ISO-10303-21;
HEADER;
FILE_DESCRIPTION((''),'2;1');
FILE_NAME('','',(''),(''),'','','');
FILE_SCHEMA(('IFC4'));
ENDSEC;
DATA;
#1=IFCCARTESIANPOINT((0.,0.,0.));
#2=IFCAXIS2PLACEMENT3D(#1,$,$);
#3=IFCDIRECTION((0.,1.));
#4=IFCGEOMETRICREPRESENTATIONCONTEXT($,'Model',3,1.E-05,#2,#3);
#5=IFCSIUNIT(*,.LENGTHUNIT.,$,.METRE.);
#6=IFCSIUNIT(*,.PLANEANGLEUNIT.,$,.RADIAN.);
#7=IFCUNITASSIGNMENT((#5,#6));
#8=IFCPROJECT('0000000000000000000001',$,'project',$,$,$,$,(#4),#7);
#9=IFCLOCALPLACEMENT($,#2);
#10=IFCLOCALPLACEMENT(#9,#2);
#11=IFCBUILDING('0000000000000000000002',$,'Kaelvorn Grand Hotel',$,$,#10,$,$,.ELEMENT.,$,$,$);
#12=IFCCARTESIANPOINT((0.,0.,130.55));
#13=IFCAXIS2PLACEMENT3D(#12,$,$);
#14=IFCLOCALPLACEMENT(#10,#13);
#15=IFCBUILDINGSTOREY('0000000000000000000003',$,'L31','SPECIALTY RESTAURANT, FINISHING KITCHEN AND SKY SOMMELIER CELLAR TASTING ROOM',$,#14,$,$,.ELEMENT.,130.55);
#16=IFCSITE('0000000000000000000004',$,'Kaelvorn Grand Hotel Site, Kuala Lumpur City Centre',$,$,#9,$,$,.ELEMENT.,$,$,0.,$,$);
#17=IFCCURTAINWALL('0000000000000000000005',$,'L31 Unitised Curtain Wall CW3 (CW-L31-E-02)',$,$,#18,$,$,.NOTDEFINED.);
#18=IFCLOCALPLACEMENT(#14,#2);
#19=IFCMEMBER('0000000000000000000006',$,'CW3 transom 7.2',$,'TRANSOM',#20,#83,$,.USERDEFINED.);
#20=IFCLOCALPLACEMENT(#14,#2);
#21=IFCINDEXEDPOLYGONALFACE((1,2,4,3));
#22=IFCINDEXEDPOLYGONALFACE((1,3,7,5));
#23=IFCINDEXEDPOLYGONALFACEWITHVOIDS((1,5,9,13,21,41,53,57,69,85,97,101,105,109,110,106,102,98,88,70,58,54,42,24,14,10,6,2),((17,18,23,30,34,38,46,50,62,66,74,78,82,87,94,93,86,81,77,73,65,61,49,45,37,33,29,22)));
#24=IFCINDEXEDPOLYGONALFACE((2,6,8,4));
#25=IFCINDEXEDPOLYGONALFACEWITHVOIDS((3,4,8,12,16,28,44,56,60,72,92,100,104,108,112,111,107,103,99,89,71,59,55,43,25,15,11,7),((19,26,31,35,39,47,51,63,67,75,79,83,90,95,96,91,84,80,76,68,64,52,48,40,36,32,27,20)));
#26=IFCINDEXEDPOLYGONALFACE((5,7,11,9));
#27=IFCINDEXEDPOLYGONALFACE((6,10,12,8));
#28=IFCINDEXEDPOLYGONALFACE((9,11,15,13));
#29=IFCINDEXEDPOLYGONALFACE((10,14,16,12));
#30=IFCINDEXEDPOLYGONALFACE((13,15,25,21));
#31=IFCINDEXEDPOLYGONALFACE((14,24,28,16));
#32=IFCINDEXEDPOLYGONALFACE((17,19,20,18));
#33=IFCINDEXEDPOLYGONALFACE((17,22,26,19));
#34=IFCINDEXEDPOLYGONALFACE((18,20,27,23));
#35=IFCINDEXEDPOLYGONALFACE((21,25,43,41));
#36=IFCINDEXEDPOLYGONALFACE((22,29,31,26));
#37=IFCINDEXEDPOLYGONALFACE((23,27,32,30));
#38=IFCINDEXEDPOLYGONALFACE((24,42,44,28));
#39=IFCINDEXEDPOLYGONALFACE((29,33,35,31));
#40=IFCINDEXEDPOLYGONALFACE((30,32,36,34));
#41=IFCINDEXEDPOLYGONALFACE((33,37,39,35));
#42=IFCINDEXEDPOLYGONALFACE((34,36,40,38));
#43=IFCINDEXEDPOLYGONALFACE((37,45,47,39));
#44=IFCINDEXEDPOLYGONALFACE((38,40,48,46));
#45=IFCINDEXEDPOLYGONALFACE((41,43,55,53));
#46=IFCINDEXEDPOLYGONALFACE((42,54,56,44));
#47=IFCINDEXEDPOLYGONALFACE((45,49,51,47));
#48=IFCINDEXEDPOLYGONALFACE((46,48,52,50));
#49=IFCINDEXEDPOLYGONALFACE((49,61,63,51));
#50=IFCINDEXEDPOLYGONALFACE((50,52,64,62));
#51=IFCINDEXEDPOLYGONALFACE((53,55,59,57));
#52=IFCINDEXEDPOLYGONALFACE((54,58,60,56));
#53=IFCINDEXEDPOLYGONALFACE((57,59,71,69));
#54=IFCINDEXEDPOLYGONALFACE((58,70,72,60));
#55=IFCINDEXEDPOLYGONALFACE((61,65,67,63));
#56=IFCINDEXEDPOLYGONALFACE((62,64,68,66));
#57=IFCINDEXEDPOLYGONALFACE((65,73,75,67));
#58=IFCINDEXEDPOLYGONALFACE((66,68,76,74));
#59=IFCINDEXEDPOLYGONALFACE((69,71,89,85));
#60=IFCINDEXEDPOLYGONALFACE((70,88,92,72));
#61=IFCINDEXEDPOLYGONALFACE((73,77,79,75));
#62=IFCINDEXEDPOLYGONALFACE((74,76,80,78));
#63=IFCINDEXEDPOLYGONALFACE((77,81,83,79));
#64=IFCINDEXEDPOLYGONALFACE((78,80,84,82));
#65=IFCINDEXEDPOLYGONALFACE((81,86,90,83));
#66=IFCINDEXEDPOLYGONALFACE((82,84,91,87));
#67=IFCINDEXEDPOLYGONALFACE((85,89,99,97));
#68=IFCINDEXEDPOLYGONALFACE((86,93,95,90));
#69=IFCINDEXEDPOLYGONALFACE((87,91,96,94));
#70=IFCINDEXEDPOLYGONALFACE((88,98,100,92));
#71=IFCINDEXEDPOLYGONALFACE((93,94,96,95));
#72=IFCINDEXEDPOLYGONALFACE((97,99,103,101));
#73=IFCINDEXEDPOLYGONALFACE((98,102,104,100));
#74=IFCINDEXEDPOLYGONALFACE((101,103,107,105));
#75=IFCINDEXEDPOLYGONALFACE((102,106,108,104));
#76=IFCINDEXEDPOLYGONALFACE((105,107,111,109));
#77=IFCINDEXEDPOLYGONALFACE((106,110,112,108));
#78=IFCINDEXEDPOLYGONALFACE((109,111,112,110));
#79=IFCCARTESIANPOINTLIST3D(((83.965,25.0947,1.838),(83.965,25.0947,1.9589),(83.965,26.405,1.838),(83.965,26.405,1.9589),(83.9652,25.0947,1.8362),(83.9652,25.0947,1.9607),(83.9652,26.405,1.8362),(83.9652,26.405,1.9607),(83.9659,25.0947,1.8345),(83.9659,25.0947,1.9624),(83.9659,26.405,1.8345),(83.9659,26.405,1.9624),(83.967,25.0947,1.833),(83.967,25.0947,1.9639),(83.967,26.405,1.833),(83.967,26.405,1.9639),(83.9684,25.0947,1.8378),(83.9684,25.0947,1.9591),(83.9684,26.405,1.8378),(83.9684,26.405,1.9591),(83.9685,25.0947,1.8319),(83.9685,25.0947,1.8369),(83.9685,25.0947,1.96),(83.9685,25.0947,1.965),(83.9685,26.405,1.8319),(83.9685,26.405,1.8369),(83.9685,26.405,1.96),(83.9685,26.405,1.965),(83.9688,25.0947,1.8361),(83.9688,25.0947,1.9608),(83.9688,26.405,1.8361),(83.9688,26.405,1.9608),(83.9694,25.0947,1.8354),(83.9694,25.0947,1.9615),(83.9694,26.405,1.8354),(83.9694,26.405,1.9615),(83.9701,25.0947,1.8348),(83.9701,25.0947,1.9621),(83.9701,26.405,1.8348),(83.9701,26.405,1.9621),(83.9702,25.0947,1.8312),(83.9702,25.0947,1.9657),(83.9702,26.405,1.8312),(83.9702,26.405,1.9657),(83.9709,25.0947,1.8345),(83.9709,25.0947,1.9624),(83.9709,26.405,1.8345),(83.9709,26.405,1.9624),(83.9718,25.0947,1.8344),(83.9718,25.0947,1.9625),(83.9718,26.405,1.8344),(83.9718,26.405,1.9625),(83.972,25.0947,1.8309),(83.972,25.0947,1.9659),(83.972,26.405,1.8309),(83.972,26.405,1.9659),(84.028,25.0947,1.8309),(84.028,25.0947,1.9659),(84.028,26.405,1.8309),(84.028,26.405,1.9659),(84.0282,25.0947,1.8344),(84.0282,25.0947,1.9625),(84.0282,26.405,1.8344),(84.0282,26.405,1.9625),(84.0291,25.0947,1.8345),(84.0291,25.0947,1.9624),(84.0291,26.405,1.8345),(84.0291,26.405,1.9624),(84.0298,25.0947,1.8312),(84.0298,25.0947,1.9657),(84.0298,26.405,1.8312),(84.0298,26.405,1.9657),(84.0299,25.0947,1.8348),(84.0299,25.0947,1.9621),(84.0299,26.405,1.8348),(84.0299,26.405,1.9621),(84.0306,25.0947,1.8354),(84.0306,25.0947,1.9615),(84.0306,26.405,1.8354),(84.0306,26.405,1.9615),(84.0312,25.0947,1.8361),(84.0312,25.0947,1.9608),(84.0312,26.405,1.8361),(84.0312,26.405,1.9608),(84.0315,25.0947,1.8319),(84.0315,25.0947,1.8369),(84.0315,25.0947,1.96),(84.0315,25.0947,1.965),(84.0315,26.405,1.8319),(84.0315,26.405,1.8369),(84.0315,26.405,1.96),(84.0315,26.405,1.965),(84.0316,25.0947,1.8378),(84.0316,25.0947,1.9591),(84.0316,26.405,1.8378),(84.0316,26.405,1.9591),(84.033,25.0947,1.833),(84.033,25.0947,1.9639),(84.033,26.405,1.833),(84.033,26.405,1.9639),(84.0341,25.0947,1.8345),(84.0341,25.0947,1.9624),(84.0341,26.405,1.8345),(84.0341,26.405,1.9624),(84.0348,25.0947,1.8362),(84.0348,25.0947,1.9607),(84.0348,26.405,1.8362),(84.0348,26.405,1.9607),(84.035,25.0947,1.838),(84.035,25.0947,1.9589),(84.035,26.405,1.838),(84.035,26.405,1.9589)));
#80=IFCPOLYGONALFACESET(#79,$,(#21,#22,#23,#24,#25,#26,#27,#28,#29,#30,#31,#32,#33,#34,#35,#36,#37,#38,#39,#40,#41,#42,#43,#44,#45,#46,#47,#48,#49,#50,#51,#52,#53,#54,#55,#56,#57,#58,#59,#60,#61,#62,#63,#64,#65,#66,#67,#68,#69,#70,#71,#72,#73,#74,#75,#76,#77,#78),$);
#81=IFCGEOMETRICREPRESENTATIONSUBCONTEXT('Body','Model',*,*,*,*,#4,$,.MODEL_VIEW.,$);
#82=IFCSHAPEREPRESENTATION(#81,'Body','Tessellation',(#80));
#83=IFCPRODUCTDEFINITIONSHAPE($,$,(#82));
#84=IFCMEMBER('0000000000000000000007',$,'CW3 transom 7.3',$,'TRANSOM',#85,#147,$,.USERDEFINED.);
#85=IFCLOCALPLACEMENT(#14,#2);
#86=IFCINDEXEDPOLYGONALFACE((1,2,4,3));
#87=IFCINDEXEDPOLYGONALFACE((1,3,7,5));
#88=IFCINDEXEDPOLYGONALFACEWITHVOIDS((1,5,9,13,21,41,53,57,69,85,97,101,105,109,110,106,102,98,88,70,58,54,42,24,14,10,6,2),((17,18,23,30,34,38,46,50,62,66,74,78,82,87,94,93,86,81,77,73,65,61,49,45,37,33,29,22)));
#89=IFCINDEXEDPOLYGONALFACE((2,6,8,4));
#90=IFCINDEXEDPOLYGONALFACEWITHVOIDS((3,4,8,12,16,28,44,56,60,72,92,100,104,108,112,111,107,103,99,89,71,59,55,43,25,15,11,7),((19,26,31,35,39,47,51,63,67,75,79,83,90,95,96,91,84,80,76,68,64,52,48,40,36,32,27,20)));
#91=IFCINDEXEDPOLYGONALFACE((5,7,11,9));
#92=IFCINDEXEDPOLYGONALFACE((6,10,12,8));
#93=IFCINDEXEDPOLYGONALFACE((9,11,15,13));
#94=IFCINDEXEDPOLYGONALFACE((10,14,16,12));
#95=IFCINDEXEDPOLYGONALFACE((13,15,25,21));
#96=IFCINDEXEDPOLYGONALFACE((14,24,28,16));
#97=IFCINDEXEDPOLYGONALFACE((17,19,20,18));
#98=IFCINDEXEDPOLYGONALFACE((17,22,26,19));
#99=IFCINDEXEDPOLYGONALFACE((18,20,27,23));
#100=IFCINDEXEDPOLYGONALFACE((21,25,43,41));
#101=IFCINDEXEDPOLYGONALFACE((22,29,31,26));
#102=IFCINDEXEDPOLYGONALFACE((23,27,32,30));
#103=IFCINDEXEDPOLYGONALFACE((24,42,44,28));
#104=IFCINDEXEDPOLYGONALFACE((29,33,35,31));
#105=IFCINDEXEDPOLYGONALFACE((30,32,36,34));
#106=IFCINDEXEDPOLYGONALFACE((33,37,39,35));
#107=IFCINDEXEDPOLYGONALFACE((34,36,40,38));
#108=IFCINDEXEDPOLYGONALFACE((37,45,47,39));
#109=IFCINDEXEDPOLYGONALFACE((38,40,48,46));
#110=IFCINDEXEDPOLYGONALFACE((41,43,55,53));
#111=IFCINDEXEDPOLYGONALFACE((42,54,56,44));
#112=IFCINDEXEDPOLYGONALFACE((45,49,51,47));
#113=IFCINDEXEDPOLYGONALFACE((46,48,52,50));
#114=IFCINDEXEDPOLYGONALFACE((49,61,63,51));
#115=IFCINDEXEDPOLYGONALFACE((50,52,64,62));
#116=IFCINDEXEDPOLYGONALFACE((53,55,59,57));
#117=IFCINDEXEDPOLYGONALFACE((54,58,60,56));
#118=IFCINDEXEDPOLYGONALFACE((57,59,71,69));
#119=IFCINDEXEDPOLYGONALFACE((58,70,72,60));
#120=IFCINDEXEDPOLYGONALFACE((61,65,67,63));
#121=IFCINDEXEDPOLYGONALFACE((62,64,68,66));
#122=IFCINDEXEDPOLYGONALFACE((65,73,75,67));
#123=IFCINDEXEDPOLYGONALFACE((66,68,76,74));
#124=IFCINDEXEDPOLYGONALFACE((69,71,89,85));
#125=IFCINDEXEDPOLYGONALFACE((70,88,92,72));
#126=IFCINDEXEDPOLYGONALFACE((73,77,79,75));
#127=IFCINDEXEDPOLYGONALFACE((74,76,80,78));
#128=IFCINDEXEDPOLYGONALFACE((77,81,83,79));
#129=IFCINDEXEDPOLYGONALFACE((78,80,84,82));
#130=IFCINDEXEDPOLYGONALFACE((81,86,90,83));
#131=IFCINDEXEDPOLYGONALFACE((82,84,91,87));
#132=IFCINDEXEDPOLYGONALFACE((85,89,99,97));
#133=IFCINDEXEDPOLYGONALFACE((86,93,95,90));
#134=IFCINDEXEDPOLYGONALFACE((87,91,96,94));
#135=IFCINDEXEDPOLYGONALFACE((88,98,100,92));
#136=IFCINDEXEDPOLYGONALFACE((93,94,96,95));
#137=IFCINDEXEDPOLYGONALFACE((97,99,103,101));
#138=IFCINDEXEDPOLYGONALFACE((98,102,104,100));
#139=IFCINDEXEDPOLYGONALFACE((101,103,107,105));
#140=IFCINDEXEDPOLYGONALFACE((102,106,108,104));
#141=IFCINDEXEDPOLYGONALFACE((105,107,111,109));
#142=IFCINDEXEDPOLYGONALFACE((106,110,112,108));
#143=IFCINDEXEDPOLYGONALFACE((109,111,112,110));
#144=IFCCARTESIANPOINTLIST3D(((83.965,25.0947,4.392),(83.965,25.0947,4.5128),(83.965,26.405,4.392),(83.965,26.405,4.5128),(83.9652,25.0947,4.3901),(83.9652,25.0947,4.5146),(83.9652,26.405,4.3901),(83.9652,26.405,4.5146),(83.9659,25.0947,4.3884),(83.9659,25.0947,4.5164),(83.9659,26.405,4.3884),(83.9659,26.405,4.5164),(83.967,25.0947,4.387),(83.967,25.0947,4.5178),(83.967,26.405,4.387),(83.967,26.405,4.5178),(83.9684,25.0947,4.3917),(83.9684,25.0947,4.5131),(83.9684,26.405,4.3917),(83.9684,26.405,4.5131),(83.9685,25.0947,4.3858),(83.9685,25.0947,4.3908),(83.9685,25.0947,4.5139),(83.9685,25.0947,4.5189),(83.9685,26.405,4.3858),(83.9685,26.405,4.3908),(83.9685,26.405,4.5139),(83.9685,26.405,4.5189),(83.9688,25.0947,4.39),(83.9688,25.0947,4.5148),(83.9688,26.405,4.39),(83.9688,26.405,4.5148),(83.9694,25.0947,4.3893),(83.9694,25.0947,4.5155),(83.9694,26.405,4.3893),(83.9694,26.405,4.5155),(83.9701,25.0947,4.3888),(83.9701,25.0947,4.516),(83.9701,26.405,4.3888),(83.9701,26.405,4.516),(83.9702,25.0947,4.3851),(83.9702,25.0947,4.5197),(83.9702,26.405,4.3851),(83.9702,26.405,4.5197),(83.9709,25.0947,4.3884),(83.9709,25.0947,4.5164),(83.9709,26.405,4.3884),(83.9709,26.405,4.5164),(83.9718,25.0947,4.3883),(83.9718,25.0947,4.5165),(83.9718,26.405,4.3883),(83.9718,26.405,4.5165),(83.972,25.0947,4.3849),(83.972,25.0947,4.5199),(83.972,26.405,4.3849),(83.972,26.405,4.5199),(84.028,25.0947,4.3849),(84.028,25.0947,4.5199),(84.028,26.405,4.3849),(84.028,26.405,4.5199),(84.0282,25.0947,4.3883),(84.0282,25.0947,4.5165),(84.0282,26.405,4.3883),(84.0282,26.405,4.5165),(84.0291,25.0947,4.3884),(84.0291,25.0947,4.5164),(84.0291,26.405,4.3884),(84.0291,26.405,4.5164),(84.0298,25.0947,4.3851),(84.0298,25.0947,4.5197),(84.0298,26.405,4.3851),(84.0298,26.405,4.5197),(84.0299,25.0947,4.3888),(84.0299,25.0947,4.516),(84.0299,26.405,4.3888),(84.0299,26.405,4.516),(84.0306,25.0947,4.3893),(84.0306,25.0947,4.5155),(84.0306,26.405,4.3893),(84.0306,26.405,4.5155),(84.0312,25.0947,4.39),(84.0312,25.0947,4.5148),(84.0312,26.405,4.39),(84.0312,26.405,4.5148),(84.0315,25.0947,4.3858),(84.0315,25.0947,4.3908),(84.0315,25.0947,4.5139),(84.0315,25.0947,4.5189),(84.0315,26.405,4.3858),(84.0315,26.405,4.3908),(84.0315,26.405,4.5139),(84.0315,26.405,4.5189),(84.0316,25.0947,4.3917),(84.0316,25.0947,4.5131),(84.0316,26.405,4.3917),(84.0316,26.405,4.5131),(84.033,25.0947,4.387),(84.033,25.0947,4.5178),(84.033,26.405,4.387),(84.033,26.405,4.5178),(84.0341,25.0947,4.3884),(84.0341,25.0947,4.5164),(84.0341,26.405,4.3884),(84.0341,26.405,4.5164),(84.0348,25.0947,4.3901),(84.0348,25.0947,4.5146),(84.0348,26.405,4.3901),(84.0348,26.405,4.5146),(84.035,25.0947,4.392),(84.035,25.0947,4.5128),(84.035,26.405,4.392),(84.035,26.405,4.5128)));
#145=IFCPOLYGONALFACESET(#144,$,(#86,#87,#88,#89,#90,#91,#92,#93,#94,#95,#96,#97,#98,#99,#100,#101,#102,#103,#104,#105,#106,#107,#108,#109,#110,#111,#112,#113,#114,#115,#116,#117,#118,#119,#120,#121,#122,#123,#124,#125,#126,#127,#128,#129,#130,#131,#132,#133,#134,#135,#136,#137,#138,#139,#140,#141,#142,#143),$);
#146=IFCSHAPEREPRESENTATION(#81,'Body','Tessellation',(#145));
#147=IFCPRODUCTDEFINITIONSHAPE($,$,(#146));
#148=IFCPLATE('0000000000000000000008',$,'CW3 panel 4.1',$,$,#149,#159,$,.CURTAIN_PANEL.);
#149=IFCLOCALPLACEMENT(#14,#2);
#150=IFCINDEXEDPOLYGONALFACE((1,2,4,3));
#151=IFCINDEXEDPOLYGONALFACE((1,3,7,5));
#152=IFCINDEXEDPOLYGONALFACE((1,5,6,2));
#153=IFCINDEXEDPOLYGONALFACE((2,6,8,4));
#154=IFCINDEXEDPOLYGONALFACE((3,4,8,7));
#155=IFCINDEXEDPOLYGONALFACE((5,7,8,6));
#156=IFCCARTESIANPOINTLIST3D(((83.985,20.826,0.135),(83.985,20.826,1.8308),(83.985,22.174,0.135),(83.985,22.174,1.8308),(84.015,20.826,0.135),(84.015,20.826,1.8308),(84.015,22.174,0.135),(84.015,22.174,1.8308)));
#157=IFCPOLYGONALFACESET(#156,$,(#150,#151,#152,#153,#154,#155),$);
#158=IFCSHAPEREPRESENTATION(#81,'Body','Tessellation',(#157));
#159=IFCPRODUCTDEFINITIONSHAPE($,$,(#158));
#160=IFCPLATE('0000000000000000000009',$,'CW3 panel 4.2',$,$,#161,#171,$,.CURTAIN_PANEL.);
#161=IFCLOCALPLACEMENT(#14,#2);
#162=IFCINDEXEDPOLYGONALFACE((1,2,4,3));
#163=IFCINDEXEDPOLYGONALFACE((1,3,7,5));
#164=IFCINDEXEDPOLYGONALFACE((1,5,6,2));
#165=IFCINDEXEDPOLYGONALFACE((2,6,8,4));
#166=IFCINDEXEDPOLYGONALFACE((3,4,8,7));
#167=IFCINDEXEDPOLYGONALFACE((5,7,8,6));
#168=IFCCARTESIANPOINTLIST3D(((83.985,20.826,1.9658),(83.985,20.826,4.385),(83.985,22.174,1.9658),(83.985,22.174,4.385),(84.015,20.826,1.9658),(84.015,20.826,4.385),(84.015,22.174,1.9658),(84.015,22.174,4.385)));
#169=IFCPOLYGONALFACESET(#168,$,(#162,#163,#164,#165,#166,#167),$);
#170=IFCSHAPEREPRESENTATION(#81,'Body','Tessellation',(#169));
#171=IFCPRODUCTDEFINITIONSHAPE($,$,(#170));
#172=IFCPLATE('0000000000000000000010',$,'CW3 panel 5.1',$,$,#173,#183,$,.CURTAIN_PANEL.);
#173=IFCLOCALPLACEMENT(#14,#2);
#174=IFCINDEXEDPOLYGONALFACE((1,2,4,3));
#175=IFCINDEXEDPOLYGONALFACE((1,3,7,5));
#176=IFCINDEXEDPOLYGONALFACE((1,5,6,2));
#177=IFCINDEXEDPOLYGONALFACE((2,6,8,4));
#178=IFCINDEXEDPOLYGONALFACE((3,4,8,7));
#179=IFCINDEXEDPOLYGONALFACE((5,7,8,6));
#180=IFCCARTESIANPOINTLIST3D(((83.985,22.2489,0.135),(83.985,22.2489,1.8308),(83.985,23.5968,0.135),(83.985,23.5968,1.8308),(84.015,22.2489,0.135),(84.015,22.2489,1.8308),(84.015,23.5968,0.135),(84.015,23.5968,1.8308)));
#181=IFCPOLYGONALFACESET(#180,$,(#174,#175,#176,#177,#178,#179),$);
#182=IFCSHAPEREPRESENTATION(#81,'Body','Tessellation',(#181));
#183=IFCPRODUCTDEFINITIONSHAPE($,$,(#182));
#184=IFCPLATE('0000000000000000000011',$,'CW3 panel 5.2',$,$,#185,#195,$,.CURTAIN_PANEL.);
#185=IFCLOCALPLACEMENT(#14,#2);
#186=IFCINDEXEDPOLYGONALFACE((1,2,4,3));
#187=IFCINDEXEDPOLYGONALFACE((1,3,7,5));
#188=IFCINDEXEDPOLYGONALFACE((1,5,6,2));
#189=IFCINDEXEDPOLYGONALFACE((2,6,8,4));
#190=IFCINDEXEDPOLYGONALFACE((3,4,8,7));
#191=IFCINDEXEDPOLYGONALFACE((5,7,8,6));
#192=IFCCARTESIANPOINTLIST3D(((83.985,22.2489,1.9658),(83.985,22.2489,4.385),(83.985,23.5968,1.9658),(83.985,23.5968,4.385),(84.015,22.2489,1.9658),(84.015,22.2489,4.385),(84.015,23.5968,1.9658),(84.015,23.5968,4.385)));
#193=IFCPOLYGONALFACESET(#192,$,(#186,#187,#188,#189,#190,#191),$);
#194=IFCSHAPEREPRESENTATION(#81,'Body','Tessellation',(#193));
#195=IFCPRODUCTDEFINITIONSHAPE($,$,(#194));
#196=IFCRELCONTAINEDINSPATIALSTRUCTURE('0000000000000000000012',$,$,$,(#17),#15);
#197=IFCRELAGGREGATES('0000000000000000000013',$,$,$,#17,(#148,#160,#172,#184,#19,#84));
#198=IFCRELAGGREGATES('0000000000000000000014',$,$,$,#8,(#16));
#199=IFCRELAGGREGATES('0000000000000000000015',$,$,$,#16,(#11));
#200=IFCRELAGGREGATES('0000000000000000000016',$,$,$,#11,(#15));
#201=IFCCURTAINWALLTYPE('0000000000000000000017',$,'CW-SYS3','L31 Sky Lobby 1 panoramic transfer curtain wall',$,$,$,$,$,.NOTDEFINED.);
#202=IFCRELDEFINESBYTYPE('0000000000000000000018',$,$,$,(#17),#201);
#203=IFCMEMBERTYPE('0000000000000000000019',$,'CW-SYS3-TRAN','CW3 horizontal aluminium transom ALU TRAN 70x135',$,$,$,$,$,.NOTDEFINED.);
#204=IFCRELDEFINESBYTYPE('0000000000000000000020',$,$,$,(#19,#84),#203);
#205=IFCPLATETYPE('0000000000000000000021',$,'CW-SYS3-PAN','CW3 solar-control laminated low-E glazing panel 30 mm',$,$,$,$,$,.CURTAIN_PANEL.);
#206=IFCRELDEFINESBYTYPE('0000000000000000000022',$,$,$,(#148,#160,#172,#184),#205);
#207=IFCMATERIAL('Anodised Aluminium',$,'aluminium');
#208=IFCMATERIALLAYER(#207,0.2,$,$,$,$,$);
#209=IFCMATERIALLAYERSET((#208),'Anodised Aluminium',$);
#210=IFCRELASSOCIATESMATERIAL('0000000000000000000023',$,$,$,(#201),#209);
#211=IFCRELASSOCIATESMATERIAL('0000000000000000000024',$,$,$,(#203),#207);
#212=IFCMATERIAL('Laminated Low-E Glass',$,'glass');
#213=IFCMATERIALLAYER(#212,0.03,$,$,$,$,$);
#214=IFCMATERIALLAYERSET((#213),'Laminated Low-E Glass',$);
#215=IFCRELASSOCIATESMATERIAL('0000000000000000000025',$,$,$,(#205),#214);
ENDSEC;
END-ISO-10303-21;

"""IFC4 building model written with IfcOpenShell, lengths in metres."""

from ifc_helpers import new_model, si_unit, direction, frame, origin, origin_2d, place, context, subcontext, project, spatial, rectangle, hollow_rectangle, extrude, material, layer, layer_set, material_profile, profile_set, type_object, element, aggregate, save


model = new_model("IFC4")

# Units and contexts
model_context = context("Model", 3, precision=1e-05, world=origin(), true_north=direction((0.0, 1.0)))
body_context = subcontext(model_context, "Body", "Model", "MODEL_VIEW")
ifc_project = project(units=[si_unit("LENGTHUNIT", "METRE"), si_unit("PLANEANGLEUNIT", "RADIAN")], contexts=[model_context])

# Site, building, storey
site_placement = place(None, origin())
site = spatial("IfcSite", under=ifc_project, at=site_placement, Name="Kaelvorn Grand Hotel Site, Kuala Lumpur City Centre", CompositionType="ELEMENT", RefElevation=0.0)
building_placement = place(site_placement, origin())
building = spatial("IfcBuilding", under=site, at=building_placement, Name="Kaelvorn Grand Hotel", CompositionType="ELEMENT")
storey_placement = place(building_placement, frame((0.0, 0.0, 130.55)))
storey = spatial("IfcBuildingStorey", under=building, at=storey_placement, Name="L31", Description="SPECIALTY RESTAURANT, FINISHING KITCHEN AND SKY SOMMELIER CELLAR TASTING ROOM", CompositionType="ELEMENT", Elevation=130.55)

# Curtain wall, members, plates
ifc_material_1 = material(Name="Anodised Aluminium", Category="aluminium")
ifc_layer_1 = layer(ifc_material_1, 0.2)
ifc_layer_set_1 = layer_set([ifc_layer_1], Name="Anodised Aluminium")
curtain_wall_type = type_object("IfcCurtainWallType", Name="CW-SYS3", Description="L31 Sky Lobby 1 panoramic transfer curtain wall", PredefinedType="NOTDEFINED", material=ifc_layer_set_1)
curtain_wall_placement = place(storey_placement, origin())
curtain_wall = element("IfcCurtainWall", 1, at=curtain_wall_placement, inside=storey, type_object=curtain_wall_type, Name="L31 Unitised Curtain Wall CW3 (CW-L31-E-02)", PredefinedType="NOTDEFINED")
ifc_material_profile_1 = material_profile(ifc_material_1, hollow_rectangle(XDim=0.0701, YDim=0.135, WallThickness=0.0034, InnerFilletRadius=0.0034, OuterFilletRadius=0.0071, at=origin_2d()), Name="ALU TRAN 70x135")
ifc_profile_set_1 = profile_set([ifc_material_profile_1], Name="Anodised Aluminium")
member_type_1 = type_object("IfcMemberType", Name="CW-SYS3-TRAN", Description="CW3 horizontal aluminium transom ALU TRAN 70x135", PredefinedType="NOTDEFINED", material=ifc_profile_set_1)
member_1_placement = place(storey_placement, frame((84.0, 25.0947, 1.8984), z_axis=(0.0, 1.0, 0.0), x_axis=(-1.0, 0.0, 0.0)))
member_1 = element("IfcMember", 2, at=member_1_placement, type_object=member_type_1, Name="CW3 transom 7.2", ObjectType="TRANSOM", PredefinedType="USERDEFINED", context=body_context, shape_type="SweptSolid", body=[
    extrude(hollow_rectangle(XDim=0.0701, YDim=0.135, WallThickness=0.0034, InnerFilletRadius=0.0034, OuterFilletRadius=0.0071, at=origin_2d()), origin(), (0.0, 0.0, 1.0), 1.3103),
])
member_2_placement = place(storey_placement, frame((84.0, 25.0947, 4.4524), z_axis=(0.0, 1.0, 0.0), x_axis=(-1.0, 0.0, 0.0)))
member_2 = element("IfcMember", 3, at=member_2_placement, type_object=member_type_1, Name="CW3 transom 7.3", ObjectType="TRANSOM", PredefinedType="USERDEFINED", context=body_context, shape_type="SweptSolid", body=[
    extrude(hollow_rectangle(XDim=0.0701, YDim=0.135, WallThickness=0.0034, InnerFilletRadius=0.0034, OuterFilletRadius=0.0071, at=origin_2d()), origin(), (0.0, 0.0, 1.0), 1.3103),
])
ifc_material_2 = material(Name="Laminated Low-E Glass", Category="glass")
ifc_layer_2 = layer(ifc_material_2, 0.03)
ifc_layer_set_2 = layer_set([ifc_layer_2], Name="Laminated Low-E Glass")
plate_type = type_object("IfcPlateType", Name="CW-SYS3-PAN", Description="CW3 solar-control laminated low-E glazing panel 30 mm", PredefinedType="CURTAIN_PANEL", material=ifc_layer_set_2)
plate_1_placement = place(storey_placement, frame((84.0, 21.5, 0.135), z_axis=(0.0, 0.0, 1.0), x_axis=(0.0, 1.0, 0.0)))
plate_1 = element("IfcPlate", 4, at=plate_1_placement, type_object=plate_type, Name="CW3 panel 4.1", PredefinedType="CURTAIN_PANEL", context=body_context, shape_type="SweptSolid", body=[
    extrude(rectangle(XDim=1.3479, YDim=0.03, at=origin_2d()), origin(), (0.0, 0.0, 1.0), 1.6958),
])
plate_2_placement = place(storey_placement, frame((84.0, 21.5, 1.9658), z_axis=(0.0, 0.0, 1.0), x_axis=(0.0, 1.0, 0.0)))
plate_2 = element("IfcPlate", 5, at=plate_2_placement, type_object=plate_type, Name="CW3 panel 4.2", PredefinedType="CURTAIN_PANEL", context=body_context, shape_type="SweptSolid", body=[
    extrude(rectangle(XDim=1.3479, YDim=0.03, at=origin_2d()), origin(), (0.0, 0.0, 1.0), 2.4192),
])
plate_3_placement = place(storey_placement, frame((84.0, 22.9229, 0.135), z_axis=(0.0, 0.0, 1.0), x_axis=(0.0, 1.0, 0.0)))
plate_3 = element("IfcPlate", 6, at=plate_3_placement, type_object=plate_type, Name="CW3 panel 5.1", PredefinedType="CURTAIN_PANEL", context=body_context, shape_type="SweptSolid", body=[
    extrude(rectangle(XDim=1.3479, YDim=0.03, at=origin_2d()), origin(), (0.0, 0.0, 1.0), 1.6958),
])
plate_4_placement = place(storey_placement, frame((84.0, 22.9229, 1.9658), z_axis=(0.0, 0.0, 1.0), x_axis=(0.0, 1.0, 0.0)))
plate_4 = element("IfcPlate", 7, at=plate_4_placement, type_object=plate_type, Name="CW3 panel 5.2", PredefinedType="CURTAIN_PANEL", context=body_context, shape_type="SweptSolid", body=[
    extrude(rectangle(XDim=1.3479, YDim=0.03, at=origin_2d()), origin(), (0.0, 0.0, 1.0), 2.4192),
])
aggregate(curtain_wall, [plate_1, plate_2, plate_3, plate_4, member_1, member_2])

save(model, "model.ifc")
